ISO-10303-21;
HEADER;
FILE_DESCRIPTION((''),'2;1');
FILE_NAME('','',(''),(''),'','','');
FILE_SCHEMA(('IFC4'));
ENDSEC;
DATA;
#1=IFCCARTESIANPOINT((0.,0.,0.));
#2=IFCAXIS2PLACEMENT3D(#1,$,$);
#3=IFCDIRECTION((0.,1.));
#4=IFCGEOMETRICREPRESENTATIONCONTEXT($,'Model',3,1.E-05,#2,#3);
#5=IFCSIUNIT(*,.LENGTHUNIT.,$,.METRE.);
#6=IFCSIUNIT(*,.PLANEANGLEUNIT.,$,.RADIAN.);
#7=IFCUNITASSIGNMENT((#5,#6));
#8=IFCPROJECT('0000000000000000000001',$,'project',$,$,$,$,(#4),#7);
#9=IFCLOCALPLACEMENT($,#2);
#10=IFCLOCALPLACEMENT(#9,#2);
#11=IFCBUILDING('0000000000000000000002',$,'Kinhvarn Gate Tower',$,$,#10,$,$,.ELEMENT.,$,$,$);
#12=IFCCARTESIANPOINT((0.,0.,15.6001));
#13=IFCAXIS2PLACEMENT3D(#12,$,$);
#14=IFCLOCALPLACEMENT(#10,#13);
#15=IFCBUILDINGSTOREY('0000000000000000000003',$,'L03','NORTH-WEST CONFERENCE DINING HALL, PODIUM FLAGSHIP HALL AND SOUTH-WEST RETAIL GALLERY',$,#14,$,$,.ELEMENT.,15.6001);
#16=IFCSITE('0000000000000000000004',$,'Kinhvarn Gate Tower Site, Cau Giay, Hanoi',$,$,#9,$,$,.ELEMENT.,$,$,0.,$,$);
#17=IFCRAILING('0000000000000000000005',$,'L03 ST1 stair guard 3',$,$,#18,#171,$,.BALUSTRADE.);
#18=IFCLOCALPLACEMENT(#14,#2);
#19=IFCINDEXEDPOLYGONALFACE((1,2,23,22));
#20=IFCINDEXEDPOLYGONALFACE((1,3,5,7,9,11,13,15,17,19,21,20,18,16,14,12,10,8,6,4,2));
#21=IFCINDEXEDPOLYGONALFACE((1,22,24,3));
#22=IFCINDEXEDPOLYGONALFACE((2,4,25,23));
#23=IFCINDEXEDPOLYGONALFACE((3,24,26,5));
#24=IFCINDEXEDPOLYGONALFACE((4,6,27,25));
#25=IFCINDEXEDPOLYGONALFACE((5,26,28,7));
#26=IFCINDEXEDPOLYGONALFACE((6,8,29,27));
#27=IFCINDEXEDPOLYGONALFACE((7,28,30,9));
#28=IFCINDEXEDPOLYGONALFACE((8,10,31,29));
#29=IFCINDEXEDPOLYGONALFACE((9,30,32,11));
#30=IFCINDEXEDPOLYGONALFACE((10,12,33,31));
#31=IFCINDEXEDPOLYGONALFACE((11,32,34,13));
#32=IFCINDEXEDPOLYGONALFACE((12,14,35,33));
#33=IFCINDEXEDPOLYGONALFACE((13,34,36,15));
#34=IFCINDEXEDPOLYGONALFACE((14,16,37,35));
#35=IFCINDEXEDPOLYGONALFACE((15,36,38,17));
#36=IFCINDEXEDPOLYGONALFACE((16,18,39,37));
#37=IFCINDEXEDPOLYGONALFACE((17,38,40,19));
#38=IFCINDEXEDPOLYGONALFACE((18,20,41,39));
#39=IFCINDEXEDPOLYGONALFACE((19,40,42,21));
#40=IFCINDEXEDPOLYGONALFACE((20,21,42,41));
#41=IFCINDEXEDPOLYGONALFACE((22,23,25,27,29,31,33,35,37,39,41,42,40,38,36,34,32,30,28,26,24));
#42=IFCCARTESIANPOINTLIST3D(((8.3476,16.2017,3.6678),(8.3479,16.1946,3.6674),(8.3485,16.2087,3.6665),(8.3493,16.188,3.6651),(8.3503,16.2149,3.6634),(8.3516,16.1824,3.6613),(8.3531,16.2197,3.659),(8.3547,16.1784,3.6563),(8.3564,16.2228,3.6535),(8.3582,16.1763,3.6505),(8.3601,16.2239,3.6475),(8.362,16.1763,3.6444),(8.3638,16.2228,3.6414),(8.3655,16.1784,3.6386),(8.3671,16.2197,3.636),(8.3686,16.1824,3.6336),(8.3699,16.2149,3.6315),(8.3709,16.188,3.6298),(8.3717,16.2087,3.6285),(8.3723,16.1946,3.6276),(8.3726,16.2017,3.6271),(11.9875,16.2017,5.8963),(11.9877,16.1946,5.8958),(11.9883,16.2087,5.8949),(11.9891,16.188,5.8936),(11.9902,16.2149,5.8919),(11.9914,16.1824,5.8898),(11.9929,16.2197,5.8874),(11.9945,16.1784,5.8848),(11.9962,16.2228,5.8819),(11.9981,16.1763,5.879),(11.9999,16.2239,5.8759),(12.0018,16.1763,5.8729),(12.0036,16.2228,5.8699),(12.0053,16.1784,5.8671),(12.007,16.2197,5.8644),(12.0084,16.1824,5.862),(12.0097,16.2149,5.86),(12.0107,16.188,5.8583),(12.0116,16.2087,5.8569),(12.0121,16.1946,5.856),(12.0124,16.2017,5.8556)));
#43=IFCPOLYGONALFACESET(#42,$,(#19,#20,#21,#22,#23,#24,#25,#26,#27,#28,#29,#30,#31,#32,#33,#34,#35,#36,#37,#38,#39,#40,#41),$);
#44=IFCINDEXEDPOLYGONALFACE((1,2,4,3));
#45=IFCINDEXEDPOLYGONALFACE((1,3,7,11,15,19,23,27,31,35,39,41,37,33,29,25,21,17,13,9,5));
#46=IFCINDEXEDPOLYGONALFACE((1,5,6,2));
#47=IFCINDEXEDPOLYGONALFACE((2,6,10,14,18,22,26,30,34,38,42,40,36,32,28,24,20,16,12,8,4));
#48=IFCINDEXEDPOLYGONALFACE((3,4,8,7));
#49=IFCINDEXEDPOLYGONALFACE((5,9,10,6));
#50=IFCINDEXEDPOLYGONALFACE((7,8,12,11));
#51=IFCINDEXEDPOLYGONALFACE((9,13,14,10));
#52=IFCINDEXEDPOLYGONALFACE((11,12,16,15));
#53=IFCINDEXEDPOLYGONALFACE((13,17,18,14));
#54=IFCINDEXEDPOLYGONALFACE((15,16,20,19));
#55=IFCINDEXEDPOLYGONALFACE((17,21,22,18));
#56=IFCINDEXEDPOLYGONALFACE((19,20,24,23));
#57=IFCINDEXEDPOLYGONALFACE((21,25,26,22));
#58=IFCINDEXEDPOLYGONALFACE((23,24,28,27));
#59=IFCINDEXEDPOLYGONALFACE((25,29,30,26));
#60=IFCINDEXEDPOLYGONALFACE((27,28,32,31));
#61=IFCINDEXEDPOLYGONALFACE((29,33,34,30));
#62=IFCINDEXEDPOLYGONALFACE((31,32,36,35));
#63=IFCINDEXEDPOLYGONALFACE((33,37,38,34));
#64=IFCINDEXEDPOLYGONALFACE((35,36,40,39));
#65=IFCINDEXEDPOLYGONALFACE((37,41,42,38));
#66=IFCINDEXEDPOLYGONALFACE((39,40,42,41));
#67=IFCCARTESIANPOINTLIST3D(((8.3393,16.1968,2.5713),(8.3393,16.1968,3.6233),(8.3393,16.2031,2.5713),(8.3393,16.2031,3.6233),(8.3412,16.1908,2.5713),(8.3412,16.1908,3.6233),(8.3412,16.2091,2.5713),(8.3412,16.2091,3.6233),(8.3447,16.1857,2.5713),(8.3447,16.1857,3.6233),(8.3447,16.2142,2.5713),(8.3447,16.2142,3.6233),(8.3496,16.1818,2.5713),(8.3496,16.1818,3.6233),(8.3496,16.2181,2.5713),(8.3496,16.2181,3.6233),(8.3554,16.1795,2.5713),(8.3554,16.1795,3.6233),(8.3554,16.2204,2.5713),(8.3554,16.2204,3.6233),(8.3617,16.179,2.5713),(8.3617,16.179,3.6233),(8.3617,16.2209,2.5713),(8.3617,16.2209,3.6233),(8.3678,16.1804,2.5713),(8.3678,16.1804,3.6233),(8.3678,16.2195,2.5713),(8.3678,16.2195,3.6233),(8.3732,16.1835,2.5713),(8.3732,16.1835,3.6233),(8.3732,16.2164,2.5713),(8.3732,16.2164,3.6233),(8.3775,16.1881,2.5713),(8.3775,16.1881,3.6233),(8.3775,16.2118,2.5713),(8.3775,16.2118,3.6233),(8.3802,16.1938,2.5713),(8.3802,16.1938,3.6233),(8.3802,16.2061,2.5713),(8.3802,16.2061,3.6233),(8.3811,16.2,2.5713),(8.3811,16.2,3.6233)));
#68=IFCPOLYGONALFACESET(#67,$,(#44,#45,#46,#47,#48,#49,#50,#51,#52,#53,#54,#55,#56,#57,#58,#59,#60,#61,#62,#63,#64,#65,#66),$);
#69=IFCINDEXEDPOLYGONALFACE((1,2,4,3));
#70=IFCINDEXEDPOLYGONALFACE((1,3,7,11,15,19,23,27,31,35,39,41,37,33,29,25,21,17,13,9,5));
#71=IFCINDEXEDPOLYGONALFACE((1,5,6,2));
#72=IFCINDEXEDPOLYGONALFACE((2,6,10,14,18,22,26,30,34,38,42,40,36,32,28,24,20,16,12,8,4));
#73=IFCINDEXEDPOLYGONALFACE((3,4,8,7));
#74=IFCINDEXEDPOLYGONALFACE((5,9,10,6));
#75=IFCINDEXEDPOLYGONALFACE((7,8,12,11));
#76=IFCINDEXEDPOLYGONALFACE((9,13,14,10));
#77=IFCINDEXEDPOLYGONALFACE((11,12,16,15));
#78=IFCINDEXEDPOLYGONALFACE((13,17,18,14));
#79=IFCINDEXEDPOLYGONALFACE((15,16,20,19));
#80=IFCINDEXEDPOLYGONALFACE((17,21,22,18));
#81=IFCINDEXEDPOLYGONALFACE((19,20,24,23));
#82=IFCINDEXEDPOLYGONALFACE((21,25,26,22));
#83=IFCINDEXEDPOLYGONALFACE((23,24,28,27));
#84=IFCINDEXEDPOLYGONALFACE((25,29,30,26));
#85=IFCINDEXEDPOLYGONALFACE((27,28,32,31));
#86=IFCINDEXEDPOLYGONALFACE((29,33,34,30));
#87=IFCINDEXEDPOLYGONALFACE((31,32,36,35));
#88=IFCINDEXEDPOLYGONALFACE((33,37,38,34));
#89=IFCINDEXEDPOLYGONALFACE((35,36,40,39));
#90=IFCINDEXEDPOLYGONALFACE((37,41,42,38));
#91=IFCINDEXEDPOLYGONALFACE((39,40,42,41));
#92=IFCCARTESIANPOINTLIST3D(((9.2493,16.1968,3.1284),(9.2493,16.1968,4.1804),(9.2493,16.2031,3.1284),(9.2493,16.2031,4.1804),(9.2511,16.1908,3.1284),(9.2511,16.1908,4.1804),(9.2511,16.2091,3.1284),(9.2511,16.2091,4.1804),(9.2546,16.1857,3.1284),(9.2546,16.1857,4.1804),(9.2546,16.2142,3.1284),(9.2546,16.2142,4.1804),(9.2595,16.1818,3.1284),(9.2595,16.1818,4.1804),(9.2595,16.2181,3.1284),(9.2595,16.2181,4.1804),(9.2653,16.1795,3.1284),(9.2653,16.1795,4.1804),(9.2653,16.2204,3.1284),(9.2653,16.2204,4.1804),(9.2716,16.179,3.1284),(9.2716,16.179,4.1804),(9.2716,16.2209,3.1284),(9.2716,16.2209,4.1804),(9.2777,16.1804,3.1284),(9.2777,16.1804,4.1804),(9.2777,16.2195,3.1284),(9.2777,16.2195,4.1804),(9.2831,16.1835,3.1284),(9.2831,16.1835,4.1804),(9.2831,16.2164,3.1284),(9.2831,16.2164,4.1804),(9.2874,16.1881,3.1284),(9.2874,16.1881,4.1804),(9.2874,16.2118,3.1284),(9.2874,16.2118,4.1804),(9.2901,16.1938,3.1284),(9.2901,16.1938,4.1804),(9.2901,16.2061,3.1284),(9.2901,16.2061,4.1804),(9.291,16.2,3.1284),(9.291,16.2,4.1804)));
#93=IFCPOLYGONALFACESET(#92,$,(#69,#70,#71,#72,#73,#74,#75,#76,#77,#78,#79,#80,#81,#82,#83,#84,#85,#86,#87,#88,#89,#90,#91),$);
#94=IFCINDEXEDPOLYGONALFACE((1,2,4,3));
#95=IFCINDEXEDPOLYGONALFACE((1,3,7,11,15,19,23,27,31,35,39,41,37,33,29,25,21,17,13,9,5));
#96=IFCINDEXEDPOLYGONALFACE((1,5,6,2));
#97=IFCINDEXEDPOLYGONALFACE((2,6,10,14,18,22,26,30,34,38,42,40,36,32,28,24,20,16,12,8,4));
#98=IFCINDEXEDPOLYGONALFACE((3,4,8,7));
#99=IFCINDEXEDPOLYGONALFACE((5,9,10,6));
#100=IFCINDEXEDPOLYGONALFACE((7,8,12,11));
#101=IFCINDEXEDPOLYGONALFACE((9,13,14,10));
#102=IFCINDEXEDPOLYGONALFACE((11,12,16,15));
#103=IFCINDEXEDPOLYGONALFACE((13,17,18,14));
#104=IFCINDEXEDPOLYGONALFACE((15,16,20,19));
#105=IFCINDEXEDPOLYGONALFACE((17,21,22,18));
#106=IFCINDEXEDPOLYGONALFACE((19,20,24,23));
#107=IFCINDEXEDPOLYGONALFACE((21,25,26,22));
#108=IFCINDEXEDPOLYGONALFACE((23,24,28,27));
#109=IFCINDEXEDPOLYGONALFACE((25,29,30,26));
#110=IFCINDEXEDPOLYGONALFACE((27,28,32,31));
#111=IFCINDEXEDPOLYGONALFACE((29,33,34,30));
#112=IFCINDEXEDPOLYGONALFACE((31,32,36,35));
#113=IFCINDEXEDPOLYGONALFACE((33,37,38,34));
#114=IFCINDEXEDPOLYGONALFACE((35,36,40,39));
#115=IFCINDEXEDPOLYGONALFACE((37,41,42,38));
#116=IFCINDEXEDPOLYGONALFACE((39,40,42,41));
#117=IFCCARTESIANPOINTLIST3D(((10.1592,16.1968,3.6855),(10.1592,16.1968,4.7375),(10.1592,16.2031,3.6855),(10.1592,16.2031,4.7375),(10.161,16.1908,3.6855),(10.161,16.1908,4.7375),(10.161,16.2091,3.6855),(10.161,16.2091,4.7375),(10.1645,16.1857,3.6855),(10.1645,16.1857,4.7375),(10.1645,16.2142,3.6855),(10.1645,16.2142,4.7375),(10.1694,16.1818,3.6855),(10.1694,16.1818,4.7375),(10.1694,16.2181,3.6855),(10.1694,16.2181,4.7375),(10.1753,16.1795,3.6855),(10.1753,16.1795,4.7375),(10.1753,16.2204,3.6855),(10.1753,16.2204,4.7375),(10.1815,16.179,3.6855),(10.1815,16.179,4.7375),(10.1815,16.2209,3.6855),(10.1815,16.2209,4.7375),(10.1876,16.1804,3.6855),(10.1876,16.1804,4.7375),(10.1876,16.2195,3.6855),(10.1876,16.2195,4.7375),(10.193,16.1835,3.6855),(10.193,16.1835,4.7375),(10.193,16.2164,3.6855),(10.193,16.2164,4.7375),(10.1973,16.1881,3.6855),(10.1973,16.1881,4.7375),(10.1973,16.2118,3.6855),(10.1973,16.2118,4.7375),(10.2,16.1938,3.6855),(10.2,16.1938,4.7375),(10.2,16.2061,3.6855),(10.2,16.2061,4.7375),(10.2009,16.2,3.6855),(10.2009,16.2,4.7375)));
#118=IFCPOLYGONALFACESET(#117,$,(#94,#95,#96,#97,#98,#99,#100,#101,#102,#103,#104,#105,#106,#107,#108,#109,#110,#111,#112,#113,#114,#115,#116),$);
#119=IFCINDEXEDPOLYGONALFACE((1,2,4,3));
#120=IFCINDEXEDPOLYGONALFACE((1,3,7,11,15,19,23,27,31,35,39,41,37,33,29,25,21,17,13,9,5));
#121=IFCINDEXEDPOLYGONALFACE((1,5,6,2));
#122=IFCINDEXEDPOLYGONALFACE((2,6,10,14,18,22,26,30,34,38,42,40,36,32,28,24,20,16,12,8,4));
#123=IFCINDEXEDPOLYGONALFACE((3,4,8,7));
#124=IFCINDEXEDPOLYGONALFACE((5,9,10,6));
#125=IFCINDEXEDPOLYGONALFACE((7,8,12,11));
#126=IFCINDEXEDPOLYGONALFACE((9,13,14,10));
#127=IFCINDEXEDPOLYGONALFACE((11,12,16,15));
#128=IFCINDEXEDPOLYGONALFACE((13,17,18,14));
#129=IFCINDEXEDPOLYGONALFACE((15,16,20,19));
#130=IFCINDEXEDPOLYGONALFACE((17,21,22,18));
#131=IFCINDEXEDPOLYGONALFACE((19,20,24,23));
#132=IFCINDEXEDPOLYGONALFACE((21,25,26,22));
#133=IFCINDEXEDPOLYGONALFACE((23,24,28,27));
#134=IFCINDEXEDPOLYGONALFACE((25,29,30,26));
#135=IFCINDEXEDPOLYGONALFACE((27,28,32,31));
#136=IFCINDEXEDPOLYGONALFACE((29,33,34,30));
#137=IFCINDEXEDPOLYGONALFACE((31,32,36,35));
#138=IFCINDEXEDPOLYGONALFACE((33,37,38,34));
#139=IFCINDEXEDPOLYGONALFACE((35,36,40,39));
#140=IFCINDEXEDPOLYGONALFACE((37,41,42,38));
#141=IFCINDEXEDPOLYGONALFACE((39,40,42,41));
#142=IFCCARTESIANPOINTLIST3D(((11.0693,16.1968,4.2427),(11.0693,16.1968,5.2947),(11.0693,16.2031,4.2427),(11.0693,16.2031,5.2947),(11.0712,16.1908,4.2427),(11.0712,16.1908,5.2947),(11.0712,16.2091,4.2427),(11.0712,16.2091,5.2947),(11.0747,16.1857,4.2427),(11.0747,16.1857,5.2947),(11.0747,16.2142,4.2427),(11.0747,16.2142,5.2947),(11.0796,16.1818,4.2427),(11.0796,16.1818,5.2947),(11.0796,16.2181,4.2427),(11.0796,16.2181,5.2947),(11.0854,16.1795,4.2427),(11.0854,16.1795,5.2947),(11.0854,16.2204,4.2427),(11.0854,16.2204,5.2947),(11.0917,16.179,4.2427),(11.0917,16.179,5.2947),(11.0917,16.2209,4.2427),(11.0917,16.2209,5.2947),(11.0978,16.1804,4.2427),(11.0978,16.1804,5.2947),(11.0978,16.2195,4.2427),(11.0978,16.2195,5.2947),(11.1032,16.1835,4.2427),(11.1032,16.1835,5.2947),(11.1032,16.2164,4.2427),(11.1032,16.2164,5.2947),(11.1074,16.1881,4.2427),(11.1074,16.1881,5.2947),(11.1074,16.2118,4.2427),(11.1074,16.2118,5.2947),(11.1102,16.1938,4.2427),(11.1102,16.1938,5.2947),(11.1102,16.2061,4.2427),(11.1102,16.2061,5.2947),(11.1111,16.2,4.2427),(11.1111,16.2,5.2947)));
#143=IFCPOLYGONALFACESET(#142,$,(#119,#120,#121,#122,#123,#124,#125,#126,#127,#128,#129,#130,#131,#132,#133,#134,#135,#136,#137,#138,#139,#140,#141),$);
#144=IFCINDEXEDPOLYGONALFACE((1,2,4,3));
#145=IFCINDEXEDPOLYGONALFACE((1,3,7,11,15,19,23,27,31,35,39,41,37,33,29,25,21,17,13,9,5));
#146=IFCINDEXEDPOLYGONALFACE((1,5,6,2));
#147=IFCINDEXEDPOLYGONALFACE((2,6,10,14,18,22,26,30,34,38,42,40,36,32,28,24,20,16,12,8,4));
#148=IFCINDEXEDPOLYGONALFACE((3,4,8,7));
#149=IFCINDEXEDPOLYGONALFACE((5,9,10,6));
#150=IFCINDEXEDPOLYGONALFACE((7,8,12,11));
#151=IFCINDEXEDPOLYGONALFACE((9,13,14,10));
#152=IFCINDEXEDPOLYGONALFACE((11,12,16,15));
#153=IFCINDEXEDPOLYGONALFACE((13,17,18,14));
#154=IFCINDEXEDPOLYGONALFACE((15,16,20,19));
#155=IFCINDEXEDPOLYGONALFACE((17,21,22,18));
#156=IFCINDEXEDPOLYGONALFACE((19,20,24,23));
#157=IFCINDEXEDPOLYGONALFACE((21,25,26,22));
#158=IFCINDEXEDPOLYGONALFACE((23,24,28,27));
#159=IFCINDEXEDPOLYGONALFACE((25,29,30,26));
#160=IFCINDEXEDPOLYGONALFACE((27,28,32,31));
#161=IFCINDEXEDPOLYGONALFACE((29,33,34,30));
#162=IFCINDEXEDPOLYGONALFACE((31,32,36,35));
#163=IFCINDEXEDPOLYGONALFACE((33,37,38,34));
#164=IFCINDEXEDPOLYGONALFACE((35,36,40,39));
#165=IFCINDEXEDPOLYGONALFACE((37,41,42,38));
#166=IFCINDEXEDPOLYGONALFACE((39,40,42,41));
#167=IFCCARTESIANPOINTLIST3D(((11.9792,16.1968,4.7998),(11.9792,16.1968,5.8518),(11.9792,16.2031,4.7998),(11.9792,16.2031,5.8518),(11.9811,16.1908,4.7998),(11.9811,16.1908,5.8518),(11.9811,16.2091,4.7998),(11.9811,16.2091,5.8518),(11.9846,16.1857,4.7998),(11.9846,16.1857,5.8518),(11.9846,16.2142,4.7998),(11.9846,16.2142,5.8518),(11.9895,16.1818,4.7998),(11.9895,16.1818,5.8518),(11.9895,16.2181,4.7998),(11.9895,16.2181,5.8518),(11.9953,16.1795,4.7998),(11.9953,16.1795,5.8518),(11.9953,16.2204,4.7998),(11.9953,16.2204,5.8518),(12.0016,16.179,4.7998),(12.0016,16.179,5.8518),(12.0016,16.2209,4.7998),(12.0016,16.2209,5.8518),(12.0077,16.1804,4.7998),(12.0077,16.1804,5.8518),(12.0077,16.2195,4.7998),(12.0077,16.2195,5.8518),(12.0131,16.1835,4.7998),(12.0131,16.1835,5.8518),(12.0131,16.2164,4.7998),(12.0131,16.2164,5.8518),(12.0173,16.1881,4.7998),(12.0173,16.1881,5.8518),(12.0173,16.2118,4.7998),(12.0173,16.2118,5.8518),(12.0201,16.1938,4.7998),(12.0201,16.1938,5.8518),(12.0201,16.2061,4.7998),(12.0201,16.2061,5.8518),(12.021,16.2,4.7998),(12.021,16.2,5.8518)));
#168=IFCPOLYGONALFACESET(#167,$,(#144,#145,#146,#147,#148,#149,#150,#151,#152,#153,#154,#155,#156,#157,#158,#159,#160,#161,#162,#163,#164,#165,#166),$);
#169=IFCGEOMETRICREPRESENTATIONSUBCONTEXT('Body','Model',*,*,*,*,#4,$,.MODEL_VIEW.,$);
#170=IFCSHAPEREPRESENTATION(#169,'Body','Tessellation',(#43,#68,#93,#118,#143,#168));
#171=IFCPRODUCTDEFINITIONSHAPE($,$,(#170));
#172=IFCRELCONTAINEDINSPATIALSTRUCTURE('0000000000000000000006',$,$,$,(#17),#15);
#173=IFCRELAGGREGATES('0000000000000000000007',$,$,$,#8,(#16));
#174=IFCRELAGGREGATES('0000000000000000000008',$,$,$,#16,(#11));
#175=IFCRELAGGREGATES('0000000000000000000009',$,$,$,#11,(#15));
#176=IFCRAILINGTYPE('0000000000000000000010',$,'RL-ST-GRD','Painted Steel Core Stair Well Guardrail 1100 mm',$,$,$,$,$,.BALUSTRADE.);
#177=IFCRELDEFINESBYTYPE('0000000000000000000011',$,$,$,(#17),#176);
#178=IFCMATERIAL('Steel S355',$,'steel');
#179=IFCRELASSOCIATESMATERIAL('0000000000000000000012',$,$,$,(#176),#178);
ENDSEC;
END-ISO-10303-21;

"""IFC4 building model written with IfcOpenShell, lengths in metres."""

from ifc_helpers import new_model, si_unit, direction, frame, origin, origin_2d, place, context, subcontext, project, spatial, circle, extrude, material, type_object, element, save


model = new_model("IFC4")

# Units and contexts
model_context = context("Model", 3, precision=1e-05, world=origin(), true_north=direction((0.0, 1.0)))
body_context = subcontext(model_context, "Body", "Model", "MODEL_VIEW")
ifc_project = project(units=[si_unit("LENGTHUNIT", "METRE"), si_unit("PLANEANGLEUNIT", "RADIAN")], contexts=[model_context])

# Site, building, storey
site_placement = place(None, origin())
site = spatial("IfcSite", under=ifc_project, at=site_placement, Name="Kinhvarn Gate Tower Site, Cau Giay, Hanoi", CompositionType="ELEMENT", RefElevation=0.0)
building_placement = place(site_placement, origin())
building = spatial("IfcBuilding", under=site, at=building_placement, Name="Kinhvarn Gate Tower", CompositionType="ELEMENT")
storey_placement = place(building_placement, frame((0.0, 0.0, 15.6001)))
storey = spatial("IfcBuildingStorey", under=building, at=storey_placement, Name="L03", Description="NORTH-WEST CONFERENCE DINING HALL, PODIUM FLAGSHIP HALL AND SOUTH-WEST RETAIL GALLERY", CompositionType="ELEMENT", Elevation=15.6001)

# Shared definitions
ifc_material_1 = material(Name="Steel S355", Category="steel")

# Railing
railing_type_1 = type_object("IfcRailingType", Name="RL-ST-GRD", Description="Painted Steel Core Stair Well Guardrail 1100 mm", PredefinedType="BALUSTRADE", material=ifc_material_1)
railing_1_placement = place(storey_placement, frame((8.3601, 16.2, 2.5713)))
element("IfcRailing", 1, at=railing_1_placement, inside=storey, type_object=railing_type_1, Name="L03 ST1 stair guard 3", PredefinedType="BALUSTRADE", context=body_context, shape_type="SweptSolid", body=[
    extrude(circle(Radius=0.0239, at=origin_2d()), frame((0.0, 0.0, 1.0762), z_axis=(0.85285, 0.0, 0.522156), x_axis=(0.0, 1.0, 0.0)), (0.0, 0.0, 1.0), 4.2678),
    extrude(circle(Radius=0.021, at=origin_2d()), origin(), (0.0, 0.0, 1.0), 1.052),
    extrude(circle(Radius=0.021, at=origin_2d()), frame((0.9099, 0.0, 0.5571)), (0.0, 0.0, 1.0), 1.052),
    extrude(circle(Radius=0.021, at=origin_2d()), frame((1.8198, 0.0, 1.1143)), (0.0, 0.0, 1.0), 1.052),
    extrude(circle(Radius=0.021, at=origin_2d()), frame((2.73, 0.0, 1.6714)), (0.0, 0.0, 1.0), 1.052),
    extrude(circle(Radius=0.021, at=origin_2d()), frame((3.6399, 0.0, 2.2285)), (0.0, 0.0, 1.0), 1.052),
])

save(model, "model.ifc")
